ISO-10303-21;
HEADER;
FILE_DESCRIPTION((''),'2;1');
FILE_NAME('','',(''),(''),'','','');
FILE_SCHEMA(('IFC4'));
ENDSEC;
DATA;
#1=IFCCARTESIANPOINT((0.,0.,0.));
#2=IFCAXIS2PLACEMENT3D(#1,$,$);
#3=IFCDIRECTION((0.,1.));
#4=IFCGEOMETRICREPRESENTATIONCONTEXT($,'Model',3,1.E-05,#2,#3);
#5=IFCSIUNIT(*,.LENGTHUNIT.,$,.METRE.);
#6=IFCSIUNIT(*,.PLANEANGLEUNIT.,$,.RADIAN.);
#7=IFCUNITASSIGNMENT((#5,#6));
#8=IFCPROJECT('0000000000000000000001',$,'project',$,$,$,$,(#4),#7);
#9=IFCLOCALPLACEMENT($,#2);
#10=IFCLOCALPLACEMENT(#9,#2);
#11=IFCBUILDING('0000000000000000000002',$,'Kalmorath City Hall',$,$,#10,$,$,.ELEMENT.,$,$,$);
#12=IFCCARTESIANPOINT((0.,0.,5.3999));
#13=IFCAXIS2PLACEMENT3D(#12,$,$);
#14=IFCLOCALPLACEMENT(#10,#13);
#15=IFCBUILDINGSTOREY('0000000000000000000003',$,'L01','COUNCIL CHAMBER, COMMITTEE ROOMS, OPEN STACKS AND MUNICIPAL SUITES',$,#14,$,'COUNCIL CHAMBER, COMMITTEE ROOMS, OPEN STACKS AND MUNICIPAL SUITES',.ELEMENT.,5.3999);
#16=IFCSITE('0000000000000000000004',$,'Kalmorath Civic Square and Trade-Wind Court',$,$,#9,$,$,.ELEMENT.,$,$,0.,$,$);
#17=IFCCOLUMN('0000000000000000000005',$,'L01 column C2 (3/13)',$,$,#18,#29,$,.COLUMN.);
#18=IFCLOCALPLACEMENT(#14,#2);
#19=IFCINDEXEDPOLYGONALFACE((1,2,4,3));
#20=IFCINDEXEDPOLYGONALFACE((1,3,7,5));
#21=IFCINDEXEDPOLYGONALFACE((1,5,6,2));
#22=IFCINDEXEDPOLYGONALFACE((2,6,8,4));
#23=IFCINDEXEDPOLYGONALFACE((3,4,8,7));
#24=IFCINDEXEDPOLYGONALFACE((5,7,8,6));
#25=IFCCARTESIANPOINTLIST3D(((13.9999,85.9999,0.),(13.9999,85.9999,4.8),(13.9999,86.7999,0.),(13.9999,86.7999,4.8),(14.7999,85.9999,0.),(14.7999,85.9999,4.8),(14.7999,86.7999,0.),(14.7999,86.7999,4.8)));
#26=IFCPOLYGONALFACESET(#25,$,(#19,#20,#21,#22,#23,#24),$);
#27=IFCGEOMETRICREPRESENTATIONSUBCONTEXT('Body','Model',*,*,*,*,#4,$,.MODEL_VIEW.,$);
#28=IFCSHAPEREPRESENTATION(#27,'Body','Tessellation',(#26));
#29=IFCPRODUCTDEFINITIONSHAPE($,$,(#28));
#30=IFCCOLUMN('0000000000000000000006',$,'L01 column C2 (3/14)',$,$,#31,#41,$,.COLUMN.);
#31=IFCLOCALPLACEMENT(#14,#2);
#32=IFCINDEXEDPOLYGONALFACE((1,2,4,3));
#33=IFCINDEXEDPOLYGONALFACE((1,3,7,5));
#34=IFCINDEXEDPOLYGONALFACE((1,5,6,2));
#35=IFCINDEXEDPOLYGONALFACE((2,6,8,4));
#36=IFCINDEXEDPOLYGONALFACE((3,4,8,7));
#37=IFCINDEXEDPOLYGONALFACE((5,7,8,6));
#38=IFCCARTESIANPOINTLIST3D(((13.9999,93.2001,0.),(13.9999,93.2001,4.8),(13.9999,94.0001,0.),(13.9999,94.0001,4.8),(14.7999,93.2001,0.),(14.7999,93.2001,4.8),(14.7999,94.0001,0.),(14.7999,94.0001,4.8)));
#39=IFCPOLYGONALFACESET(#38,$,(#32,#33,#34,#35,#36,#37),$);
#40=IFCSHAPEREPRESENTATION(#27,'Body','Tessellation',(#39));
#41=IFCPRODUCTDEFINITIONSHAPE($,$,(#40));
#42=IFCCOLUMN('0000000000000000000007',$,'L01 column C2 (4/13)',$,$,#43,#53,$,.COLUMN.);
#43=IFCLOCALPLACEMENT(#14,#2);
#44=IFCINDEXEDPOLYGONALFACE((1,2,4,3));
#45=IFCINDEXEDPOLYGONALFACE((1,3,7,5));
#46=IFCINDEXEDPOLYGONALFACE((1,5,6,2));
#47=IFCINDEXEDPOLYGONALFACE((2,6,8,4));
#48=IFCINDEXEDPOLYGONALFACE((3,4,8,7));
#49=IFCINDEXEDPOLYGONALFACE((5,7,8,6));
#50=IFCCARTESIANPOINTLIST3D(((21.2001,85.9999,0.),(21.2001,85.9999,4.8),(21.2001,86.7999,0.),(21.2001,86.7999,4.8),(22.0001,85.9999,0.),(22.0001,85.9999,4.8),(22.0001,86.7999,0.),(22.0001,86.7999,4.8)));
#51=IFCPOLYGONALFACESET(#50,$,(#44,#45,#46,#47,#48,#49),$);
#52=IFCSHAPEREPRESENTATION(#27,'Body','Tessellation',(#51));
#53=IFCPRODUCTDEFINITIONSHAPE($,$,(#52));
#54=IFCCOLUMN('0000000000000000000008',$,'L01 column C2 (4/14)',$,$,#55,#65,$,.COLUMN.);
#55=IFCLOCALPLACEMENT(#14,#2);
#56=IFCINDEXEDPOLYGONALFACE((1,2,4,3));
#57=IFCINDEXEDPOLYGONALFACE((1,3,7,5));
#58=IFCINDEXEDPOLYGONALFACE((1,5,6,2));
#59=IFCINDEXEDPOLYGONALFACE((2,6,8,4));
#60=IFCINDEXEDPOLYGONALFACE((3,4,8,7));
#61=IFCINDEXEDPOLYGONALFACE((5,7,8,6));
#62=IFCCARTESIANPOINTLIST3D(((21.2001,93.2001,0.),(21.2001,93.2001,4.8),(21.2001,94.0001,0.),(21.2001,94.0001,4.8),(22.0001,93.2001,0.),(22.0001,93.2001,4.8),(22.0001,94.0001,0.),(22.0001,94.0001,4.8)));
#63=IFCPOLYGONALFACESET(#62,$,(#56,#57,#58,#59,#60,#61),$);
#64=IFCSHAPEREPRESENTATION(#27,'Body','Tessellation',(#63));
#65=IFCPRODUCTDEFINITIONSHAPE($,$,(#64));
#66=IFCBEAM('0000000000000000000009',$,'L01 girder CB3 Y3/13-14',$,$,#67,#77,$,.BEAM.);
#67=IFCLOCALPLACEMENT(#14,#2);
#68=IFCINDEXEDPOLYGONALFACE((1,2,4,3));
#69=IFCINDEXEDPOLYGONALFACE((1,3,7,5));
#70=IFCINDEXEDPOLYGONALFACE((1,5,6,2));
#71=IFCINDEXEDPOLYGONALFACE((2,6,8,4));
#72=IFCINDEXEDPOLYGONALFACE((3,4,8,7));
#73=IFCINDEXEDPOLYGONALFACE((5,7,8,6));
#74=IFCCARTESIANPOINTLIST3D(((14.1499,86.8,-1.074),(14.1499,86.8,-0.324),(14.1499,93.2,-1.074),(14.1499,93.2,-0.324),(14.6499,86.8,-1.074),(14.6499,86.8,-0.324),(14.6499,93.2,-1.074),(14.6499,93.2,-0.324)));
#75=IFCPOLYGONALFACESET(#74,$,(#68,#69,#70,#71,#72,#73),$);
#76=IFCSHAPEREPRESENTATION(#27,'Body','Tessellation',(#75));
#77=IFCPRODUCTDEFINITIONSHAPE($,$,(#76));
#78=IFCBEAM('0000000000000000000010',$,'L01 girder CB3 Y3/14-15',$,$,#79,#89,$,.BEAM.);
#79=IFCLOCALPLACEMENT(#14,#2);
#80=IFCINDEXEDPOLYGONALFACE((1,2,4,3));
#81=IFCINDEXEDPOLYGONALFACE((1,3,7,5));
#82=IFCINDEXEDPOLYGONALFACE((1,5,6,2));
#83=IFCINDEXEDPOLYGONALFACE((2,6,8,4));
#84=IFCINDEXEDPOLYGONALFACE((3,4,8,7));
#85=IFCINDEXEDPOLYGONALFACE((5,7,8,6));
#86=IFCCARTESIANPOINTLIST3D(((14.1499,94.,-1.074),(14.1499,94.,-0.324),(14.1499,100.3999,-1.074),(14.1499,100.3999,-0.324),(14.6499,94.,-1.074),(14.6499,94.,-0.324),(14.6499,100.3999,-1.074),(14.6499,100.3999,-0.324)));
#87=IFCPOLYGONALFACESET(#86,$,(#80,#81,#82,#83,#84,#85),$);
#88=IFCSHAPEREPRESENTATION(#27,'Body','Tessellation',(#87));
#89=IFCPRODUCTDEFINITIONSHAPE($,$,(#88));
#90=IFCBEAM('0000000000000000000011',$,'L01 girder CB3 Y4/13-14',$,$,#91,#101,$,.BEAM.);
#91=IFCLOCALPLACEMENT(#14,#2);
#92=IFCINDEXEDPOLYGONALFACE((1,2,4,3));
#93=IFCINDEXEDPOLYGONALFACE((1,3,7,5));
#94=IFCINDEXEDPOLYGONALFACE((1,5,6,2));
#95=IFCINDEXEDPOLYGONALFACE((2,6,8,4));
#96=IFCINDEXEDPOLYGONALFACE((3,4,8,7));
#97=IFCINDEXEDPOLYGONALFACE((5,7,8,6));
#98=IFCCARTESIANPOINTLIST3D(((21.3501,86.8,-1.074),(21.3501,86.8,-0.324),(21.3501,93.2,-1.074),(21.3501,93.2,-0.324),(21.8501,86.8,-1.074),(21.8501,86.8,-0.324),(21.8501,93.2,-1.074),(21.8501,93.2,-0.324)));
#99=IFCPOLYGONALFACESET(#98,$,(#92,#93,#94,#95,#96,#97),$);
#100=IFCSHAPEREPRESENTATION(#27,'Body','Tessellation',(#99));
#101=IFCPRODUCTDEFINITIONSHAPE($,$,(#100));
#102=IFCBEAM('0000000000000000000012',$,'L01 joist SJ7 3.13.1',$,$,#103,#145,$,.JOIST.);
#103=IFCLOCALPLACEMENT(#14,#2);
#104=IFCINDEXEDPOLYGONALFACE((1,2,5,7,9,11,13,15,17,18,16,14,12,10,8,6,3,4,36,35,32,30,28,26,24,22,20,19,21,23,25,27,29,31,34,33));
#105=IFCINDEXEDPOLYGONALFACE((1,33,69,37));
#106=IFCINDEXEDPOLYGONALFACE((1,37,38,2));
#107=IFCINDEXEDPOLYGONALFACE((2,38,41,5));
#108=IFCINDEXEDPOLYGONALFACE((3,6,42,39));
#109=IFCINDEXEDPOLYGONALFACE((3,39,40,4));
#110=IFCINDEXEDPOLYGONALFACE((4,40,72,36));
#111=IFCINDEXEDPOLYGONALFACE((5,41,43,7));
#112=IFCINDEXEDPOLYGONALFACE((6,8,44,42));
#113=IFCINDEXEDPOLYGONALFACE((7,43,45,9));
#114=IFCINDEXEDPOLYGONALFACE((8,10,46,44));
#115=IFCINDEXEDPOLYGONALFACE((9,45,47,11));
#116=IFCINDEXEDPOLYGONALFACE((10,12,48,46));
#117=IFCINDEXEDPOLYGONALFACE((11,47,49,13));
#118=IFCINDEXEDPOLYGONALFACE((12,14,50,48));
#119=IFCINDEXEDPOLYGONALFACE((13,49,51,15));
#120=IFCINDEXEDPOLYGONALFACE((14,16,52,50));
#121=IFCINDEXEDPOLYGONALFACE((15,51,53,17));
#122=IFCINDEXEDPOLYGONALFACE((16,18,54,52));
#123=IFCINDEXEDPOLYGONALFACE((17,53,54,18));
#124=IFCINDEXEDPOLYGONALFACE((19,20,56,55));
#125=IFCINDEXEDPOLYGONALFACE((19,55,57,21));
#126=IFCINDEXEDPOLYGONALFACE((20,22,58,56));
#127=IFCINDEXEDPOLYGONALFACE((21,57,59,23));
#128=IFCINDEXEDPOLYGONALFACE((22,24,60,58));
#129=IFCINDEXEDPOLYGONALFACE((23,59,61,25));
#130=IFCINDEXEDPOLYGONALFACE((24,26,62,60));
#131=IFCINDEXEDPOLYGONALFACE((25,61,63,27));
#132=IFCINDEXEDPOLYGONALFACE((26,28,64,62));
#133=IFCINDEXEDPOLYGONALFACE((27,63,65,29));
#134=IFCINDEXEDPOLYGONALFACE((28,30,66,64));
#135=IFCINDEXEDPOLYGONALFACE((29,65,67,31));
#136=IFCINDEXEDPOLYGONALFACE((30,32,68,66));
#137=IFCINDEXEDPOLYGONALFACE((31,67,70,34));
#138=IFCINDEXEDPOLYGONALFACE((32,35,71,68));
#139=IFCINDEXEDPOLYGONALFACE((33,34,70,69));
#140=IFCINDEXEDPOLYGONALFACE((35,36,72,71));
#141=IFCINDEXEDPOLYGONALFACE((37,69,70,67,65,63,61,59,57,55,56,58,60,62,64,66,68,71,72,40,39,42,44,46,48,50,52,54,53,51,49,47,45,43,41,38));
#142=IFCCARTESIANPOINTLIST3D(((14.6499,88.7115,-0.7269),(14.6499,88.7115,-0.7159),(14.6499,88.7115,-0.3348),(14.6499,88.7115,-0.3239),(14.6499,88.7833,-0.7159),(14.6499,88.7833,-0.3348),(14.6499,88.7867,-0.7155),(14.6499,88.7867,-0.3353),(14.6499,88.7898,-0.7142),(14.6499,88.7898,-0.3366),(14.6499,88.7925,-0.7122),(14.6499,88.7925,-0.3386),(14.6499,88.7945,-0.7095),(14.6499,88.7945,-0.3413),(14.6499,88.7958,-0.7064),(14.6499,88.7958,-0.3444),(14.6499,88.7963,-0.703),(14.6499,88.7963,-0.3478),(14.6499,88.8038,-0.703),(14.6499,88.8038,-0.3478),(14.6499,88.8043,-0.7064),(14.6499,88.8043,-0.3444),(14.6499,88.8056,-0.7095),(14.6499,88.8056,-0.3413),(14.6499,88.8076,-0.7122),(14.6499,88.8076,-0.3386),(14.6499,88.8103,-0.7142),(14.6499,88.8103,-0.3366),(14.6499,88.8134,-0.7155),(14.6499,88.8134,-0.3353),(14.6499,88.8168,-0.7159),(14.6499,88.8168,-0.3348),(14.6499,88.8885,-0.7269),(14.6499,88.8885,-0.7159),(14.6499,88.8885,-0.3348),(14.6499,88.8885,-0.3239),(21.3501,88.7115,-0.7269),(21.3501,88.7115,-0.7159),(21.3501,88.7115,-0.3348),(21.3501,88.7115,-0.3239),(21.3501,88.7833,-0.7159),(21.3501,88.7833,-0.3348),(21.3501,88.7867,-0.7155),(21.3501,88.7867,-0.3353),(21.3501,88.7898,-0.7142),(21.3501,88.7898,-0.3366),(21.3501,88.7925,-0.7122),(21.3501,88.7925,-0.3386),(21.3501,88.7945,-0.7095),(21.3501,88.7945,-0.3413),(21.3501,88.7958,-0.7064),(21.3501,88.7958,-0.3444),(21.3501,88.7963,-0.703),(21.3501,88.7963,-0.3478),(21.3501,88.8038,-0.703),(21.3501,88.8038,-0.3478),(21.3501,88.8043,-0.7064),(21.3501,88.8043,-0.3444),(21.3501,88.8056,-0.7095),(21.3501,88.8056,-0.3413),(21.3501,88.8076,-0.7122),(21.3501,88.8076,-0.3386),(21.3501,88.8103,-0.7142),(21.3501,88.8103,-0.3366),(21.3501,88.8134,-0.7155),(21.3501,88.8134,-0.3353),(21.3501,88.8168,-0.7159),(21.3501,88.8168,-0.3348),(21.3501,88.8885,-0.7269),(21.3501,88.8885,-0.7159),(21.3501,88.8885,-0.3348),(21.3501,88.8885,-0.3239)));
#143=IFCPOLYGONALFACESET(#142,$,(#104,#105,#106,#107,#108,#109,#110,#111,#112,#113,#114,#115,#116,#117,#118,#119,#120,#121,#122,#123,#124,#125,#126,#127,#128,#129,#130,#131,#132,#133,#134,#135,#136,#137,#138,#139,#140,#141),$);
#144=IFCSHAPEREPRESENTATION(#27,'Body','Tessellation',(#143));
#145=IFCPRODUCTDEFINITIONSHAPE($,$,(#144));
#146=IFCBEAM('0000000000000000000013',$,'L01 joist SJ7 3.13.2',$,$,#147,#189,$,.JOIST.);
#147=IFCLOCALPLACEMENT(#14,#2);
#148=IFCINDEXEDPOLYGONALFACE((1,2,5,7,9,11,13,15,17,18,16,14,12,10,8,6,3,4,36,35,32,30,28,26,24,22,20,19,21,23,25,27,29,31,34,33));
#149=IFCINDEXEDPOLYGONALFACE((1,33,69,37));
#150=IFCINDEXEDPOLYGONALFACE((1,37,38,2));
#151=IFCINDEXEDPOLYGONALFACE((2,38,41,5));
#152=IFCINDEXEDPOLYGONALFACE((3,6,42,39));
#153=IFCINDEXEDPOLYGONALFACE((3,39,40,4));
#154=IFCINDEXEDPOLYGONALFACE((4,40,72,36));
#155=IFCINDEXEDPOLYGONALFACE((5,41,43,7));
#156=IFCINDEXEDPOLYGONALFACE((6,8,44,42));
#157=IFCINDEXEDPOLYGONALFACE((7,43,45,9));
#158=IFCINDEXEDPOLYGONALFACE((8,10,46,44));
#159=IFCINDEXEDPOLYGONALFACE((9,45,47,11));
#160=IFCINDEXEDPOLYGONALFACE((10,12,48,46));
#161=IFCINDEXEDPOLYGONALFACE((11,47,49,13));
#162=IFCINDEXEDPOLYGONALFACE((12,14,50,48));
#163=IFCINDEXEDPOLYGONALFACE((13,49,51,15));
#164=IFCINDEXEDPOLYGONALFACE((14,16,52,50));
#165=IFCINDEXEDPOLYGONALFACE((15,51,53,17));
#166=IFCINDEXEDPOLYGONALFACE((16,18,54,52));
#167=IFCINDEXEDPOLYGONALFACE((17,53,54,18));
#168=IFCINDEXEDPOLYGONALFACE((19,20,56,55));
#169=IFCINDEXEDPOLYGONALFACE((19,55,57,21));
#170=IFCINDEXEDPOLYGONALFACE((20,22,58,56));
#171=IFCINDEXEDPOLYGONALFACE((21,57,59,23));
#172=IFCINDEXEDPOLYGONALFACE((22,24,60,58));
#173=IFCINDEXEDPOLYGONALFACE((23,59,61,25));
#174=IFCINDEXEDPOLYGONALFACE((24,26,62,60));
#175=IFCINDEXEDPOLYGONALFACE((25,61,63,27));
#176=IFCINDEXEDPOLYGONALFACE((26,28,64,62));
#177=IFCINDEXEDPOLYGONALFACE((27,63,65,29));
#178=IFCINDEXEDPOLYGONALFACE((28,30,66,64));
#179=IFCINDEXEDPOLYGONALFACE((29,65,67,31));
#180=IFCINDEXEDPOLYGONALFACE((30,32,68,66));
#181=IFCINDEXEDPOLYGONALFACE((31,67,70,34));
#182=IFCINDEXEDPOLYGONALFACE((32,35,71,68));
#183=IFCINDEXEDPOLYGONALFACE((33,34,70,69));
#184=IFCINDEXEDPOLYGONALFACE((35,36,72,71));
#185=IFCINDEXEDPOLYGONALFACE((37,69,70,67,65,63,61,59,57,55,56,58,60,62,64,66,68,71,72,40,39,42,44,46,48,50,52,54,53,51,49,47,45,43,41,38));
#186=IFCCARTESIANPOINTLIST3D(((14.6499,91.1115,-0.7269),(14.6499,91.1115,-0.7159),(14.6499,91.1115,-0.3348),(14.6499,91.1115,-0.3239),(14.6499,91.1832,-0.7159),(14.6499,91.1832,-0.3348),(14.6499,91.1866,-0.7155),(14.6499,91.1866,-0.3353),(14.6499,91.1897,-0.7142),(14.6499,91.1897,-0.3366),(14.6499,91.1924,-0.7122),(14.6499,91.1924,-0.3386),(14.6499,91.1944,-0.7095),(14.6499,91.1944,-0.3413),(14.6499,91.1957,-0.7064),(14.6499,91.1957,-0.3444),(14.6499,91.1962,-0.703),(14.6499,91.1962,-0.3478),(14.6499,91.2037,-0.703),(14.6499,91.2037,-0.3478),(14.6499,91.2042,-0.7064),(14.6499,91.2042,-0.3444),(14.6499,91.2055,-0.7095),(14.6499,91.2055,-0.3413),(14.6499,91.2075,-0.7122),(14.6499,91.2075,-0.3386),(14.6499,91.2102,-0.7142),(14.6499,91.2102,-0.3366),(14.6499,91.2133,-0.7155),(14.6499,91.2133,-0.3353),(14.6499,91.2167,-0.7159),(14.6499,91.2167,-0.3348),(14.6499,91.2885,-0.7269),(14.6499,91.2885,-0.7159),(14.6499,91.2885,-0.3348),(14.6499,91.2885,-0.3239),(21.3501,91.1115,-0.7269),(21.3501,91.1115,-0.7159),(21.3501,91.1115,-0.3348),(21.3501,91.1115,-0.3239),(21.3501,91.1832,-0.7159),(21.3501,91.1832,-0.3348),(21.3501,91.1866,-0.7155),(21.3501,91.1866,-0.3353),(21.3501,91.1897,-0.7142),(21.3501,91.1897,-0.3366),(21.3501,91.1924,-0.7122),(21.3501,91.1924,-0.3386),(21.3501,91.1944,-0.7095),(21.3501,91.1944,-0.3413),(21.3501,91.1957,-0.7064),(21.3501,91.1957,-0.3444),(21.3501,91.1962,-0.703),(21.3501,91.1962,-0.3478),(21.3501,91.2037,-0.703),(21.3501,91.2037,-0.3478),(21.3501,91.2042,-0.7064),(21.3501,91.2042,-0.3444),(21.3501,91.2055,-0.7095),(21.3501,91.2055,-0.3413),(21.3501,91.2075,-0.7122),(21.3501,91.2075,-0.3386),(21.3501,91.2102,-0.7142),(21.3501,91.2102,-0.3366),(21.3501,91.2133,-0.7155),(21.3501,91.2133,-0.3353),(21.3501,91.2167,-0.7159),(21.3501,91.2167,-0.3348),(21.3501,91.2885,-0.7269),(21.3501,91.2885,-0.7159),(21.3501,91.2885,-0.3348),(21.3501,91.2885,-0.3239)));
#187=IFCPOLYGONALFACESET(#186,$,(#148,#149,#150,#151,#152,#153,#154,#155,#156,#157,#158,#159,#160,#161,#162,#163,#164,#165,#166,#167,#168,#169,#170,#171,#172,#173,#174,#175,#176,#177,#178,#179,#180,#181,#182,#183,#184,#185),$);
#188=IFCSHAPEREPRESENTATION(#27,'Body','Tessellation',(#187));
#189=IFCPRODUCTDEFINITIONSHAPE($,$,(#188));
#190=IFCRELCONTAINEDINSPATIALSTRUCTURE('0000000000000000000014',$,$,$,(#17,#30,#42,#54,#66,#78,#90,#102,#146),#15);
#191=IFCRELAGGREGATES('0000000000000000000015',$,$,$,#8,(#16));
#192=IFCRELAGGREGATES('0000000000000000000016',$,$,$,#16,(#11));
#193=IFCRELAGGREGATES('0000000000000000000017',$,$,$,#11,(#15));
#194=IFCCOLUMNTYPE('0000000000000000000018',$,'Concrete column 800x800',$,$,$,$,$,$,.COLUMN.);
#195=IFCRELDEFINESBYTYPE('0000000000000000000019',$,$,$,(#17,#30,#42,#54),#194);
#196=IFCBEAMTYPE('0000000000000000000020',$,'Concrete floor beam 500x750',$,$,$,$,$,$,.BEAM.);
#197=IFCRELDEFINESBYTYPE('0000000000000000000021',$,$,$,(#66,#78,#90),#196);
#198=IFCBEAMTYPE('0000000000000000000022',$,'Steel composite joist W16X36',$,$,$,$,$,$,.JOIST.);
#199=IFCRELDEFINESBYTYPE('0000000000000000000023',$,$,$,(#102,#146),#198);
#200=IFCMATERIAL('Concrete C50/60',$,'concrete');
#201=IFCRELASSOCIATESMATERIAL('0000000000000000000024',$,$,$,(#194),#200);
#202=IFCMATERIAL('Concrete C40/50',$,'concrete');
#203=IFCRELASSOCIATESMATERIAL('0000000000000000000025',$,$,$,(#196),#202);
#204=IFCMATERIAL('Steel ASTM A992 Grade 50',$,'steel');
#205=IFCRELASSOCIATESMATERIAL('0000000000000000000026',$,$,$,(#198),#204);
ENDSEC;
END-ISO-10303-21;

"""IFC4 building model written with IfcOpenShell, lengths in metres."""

from ifc_helpers import new_model, si_unit, direction, frame, origin, origin_2d, place, context, subcontext, project, spatial, rectangle, i_section, extrude, material, material_profile, profile_set, type_object, element, save


model = new_model("IFC4")

# Units and contexts
model_context = context("Model", 3, precision=1e-05, world=origin(), true_north=direction((0.0, 1.0)))
body_context = subcontext(model_context, "Body", "Model", "MODEL_VIEW")
ifc_project = project(units=[si_unit("LENGTHUNIT", "METRE"), si_unit("PLANEANGLEUNIT", "RADIAN")], contexts=[model_context])

# Site, building, storey
site_placement = place(None, origin())
site = spatial("IfcSite", under=ifc_project, at=site_placement, Name="Kalmorath Civic Square and Trade-Wind Court", CompositionType="ELEMENT", RefElevation=0.0)
building_placement = place(site_placement, origin())
building = spatial("IfcBuilding", under=site, at=building_placement, Name="Kalmorath City Hall", CompositionType="ELEMENT")
storey_placement = place(building_placement, frame((0.0, 0.0, 5.3999)))
storey = spatial("IfcBuildingStorey", under=building, at=storey_placement, Name="L01", Description="COUNCIL CHAMBER, COMMITTEE ROOMS, OPEN STACKS AND MUNICIPAL SUITES", LongName="COUNCIL CHAMBER, COMMITTEE ROOMS, OPEN STACKS AND MUNICIPAL SUITES", CompositionType="ELEMENT", Elevation=5.3999)

# Columns
ifc_material_1 = material(Name="Concrete C50/60", Category="concrete")
ifc_material_profile_1 = material_profile(ifc_material_1, rectangle(XDim=0.8, YDim=0.8, at=origin_2d()), Name="RC-COL-800X800")
ifc_profile_set_1 = profile_set([ifc_material_profile_1], Name="Concrete C50/60")
column_type = type_object("IfcColumnType", Name="Concrete column 800x800", PredefinedType="COLUMN", material=ifc_profile_set_1)
for number, where, z_axis, x_axis, name in (
    (1, (14.3999, 86.3999, 0.0), (0.0, 0.0, 1.0), (1.0, 0.0, 0.0), "L01 column C2 (3/13)"),
    (2, (14.3999, 93.6001, 0.0), (0.0, 0.0, 1.0), (1.0, 0.0, 0.0), "L01 column C2 (3/14)"),
    (3, (21.6001, 86.3999, 0.0), (0.0, 0.0, 1.0), (1.0, 0.0, 0.0), "L01 column C2 (4/13)"),
    (4, (21.6001, 93.6001, 0.0), (0.0, 0.0, 1.0), (1.0, 0.0, 0.0), "L01 column C2 (4/14)"),
):
    element("IfcColumn", number, at=place(storey_placement, frame(where, z_axis=z_axis, x_axis=x_axis)), inside=storey, type_object=column_type, Name=name, PredefinedType="COLUMN", context=body_context, shape_type="SweptSolid", body=[
        extrude(rectangle(XDim=0.8, YDim=0.8, at=origin_2d()), origin(), (0.0, 0.0, 1.0), 4.8),
    ])

# Beams
ifc_material_2 = material(Name="Concrete C40/50", Category="concrete")
ifc_material_profile_2 = material_profile(ifc_material_2, rectangle(XDim=0.5, YDim=0.75, at=origin_2d()), Name="RC-BM-500X750")
ifc_profile_set_2 = profile_set([ifc_material_profile_2], Name="Concrete C40/50")
beam_type_1 = type_object("IfcBeamType", Name="Concrete floor beam 500x750", PredefinedType="BEAM", material=ifc_profile_set_2)
for number, where, z_axis, x_axis, name in (
    (5, (14.3999, 86.8, -0.699), (0.0, 1.0, 0.0), (-1.0, 0.0, 0.0), "L01 girder CB3 Y3/13-14"),
    (6, (14.3999, 94.0, -0.699), (0.0, 1.0, 0.0), (-1.0, 0.0, 0.0), "L01 girder CB3 Y3/14-15"),
    (7, (21.6001, 86.8, -0.699), (0.0, 1.0, 0.0), (-1.0, 0.0, 0.0), "L01 girder CB3 Y4/13-14"),
):
    element("IfcBeam", number, at=place(storey_placement, frame(where, z_axis=z_axis, x_axis=x_axis)), inside=storey, type_object=beam_type_1, Name=name, PredefinedType="BEAM", context=body_context, shape_type="SweptSolid", body=[
        extrude(rectangle(XDim=0.5, YDim=0.75, at=origin_2d()), origin(), (0.0, 0.0, 1.0), 6.3999),
    ])
ifc_material_3 = material(Name="Steel ASTM A992 Grade 50", Category="steel")
ifc_material_profile_3 = material_profile(ifc_material_3, i_section(OverallWidth=0.177, OverallDepth=0.4031, WebThickness=0.0076, FlangeThickness=0.011, FilletRadius=0.0129, at=origin_2d()), Name="W16X36")
ifc_profile_set_3 = profile_set([ifc_material_profile_3], Name="Steel ASTM A992 Grade 50")
beam_type_2 = type_object("IfcBeamType", Name="Steel composite joist W16X36", PredefinedType="JOIST", material=ifc_profile_set_3)
for number, where, z_axis, x_axis, name in (
    (8, (14.6499, 88.8, -0.5254), (1.0, 0.0, 0.0), (0.0, 1.0, 0.0), "L01 joist SJ7 3.13.1"),
    (9, (14.6499, 91.2, -0.5254), (1.0, 0.0, 0.0), (0.0, 1.0, 0.0), "L01 joist SJ7 3.13.2"),
):
    element("IfcBeam", number, at=place(storey_placement, frame(where, z_axis=z_axis, x_axis=x_axis)), inside=storey, type_object=beam_type_2, Name=name, PredefinedType="JOIST", context=body_context, shape_type="SweptSolid", body=[
        extrude(i_section(OverallWidth=0.177, OverallDepth=0.4031, WebThickness=0.0076, FlangeThickness=0.011, FilletRadius=0.0129, at=origin_2d()), origin(), (0.0, 0.0, 1.0), 6.7002),
    ])

save(model, "model.ifc")
